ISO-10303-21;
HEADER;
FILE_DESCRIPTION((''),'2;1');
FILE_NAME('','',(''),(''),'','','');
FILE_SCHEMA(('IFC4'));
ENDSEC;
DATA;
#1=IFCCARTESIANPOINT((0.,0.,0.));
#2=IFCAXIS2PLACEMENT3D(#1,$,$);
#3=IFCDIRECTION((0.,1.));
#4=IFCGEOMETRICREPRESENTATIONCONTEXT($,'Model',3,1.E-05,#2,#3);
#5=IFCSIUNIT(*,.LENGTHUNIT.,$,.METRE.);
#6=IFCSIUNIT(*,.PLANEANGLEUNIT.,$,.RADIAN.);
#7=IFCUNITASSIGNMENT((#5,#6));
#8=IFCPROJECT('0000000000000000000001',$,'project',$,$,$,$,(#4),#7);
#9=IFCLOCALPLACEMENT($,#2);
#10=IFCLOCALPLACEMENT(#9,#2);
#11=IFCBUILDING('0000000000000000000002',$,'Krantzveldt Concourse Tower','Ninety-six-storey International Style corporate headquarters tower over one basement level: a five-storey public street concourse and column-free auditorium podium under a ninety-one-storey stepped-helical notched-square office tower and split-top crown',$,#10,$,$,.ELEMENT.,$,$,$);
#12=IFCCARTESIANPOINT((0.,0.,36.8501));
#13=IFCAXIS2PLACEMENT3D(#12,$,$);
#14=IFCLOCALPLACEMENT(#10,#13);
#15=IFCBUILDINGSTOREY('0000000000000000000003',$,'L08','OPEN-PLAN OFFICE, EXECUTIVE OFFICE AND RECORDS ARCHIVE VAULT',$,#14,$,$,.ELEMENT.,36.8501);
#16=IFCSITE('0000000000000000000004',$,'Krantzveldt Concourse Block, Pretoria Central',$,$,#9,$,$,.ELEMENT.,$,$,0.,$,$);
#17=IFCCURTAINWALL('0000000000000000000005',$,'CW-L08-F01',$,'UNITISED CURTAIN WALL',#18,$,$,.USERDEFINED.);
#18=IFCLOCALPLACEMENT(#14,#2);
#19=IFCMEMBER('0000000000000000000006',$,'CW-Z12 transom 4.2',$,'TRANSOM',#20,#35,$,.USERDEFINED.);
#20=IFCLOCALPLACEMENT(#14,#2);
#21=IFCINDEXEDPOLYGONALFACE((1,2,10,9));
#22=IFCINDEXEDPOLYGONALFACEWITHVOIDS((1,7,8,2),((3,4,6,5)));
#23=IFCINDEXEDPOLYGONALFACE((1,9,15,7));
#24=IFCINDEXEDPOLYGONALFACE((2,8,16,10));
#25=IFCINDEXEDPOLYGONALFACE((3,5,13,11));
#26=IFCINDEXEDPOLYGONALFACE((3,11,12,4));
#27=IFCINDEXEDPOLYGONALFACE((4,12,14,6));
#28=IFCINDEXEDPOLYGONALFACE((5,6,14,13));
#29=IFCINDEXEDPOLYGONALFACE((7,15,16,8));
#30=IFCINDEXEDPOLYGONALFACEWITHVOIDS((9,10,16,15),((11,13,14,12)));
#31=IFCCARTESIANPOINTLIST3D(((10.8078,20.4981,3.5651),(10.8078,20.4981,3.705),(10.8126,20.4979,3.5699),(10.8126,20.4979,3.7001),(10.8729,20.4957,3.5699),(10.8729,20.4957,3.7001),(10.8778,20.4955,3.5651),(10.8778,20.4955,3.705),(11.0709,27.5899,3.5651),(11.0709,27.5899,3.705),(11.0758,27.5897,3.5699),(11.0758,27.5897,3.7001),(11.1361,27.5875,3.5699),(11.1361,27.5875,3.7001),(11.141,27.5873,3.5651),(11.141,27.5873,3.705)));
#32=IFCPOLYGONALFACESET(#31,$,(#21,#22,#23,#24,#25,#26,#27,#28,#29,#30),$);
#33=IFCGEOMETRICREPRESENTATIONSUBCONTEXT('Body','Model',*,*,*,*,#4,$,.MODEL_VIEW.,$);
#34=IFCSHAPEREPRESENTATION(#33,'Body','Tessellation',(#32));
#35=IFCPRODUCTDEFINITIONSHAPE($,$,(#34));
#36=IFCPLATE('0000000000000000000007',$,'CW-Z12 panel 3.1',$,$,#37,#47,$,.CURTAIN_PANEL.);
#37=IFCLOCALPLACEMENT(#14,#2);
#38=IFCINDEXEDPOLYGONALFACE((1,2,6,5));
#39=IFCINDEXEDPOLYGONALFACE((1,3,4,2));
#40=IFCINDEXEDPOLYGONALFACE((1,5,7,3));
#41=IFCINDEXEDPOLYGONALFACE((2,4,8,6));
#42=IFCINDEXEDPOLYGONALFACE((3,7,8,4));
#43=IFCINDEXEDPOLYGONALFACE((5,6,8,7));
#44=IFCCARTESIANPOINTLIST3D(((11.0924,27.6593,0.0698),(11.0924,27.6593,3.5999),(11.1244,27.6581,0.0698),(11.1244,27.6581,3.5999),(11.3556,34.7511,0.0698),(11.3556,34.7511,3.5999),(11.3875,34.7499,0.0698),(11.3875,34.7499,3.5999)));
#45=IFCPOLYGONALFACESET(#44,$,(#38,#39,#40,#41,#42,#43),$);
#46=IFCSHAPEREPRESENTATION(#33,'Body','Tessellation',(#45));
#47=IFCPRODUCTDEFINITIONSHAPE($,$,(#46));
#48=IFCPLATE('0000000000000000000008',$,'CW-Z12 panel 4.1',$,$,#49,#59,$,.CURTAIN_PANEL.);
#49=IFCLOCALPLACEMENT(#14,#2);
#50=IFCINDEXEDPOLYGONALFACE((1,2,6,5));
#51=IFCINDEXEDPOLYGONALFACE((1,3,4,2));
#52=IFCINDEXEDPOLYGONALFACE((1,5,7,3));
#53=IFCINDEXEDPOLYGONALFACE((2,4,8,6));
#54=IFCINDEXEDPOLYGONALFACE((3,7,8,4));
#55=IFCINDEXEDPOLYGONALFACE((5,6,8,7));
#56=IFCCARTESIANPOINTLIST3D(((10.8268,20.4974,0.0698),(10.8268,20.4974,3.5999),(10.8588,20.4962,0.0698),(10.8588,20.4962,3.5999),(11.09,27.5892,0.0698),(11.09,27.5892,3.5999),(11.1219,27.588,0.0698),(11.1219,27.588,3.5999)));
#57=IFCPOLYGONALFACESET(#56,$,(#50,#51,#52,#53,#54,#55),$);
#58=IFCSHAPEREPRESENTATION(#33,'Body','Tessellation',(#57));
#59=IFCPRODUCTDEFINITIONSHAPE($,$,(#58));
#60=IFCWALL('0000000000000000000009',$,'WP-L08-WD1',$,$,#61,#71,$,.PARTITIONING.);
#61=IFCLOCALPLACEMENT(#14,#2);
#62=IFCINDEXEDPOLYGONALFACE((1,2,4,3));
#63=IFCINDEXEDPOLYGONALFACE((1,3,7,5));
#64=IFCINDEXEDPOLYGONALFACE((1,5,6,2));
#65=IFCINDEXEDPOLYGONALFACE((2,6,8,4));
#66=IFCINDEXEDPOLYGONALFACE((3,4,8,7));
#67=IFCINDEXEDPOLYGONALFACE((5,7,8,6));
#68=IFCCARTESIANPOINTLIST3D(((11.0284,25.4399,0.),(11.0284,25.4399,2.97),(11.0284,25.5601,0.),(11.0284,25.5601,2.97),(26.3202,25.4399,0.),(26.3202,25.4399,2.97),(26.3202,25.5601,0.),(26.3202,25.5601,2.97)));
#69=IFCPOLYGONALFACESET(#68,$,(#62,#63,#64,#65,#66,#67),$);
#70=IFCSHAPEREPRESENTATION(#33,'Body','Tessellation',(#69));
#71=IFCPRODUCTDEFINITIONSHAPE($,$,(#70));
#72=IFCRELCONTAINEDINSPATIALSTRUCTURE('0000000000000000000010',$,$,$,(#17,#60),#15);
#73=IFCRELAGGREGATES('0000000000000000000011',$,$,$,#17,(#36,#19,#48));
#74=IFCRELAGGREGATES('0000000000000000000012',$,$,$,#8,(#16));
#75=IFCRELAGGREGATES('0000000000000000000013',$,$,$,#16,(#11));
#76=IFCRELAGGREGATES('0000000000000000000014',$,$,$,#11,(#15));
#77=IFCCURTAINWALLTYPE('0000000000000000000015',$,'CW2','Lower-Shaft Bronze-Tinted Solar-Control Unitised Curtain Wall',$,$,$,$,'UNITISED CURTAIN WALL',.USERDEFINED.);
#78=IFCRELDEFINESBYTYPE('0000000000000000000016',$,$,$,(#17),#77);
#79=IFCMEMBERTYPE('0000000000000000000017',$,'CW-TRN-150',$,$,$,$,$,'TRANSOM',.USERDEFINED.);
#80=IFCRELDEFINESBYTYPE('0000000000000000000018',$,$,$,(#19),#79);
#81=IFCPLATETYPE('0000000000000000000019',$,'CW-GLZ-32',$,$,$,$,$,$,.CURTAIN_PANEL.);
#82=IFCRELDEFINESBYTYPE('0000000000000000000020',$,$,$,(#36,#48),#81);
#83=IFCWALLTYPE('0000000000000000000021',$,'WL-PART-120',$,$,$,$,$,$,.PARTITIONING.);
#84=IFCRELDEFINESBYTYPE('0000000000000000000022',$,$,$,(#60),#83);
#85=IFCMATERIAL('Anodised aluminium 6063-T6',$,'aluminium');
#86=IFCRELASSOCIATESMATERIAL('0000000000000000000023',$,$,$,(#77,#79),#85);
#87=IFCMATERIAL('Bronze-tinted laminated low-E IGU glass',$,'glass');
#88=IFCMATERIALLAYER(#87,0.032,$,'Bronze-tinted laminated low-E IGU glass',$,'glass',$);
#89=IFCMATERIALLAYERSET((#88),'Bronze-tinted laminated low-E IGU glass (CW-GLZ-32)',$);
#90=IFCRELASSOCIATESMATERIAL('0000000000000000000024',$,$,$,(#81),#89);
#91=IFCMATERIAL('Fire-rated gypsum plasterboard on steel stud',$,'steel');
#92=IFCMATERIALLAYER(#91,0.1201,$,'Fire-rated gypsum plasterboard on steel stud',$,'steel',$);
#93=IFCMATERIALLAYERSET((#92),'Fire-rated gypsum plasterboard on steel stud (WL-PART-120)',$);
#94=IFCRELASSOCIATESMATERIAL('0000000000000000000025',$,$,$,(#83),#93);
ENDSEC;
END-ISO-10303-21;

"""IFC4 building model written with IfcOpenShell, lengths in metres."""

from ifc_helpers import new_model, si_unit, direction, frame, frame_2d, origin, origin_2d, place, context, subcontext, project, spatial, rectangle, hollow_rectangle, extrude, source, transform, mapped, material, layer, layer_set, material_profile, profile_set, type_object, type_shapes, element, aggregate, save


model = new_model("IFC4")

# Units and contexts
model_context = context("Model", 3, precision=1e-05, world=origin(), true_north=direction((0.0, 1.0)))
body_context = subcontext(model_context, "Body", "Model", "MODEL_VIEW")
ifc_project = project(units=[si_unit("LENGTHUNIT", "METRE"), si_unit("PLANEANGLEUNIT", "RADIAN")], contexts=[model_context])

# Site, building, storey
site_placement = place(None, origin())
site = spatial("IfcSite", under=ifc_project, at=site_placement, Name="Krantzveldt Concourse Block, Pretoria Central", CompositionType="ELEMENT", RefElevation=0.0)
building_placement = place(site_placement, origin())
building = spatial("IfcBuilding", under=site, at=building_placement, Name="Krantzveldt Concourse Tower", Description="Ninety-six-storey International Style corporate headquarters tower over one basement level: a five-storey public street concourse and column-free auditorium podium under a ninety-one-storey stepped-helical notched-square office tower and split-top crown", CompositionType="ELEMENT")
storey_placement = place(building_placement, frame((0.0, 0.0, 36.8501)))
storey = spatial("IfcBuildingStorey", under=building, at=storey_placement, Name="L08", Description="OPEN-PLAN OFFICE, EXECUTIVE OFFICE AND RECORDS ARCHIVE VAULT", CompositionType="ELEMENT", Elevation=36.8501)

# Curtain wall, member, plates
ifc_material_1 = material(Name="Anodised aluminium 6063-T6", Category="aluminium")
curtain_wall_type = type_object("IfcCurtainWallType", Name="CW2", Description="Lower-Shaft Bronze-Tinted Solar-Control Unitised Curtain Wall", ElementType="UNITISED CURTAIN WALL", PredefinedType="USERDEFINED", material=ifc_material_1)
curtain_wall_placement = place(storey_placement, origin())
curtain_wall = element("IfcCurtainWall", 1, at=curtain_wall_placement, inside=storey, type_object=curtain_wall_type, Name="CW-L08-F01", ObjectType="UNITISED CURTAIN WALL", PredefinedType="USERDEFINED")
ifc_material_profile_1 = material_profile(ifc_material_1, hollow_rectangle(XDim=0.0701, YDim=0.1399, WallThickness=0.0049, at=origin_2d()), Name="Anodised aluminium 6063-T6", Category="aluminium")
ifc_profile_set_1 = profile_set([ifc_material_profile_1], Name="Anodised aluminium 6063-T6 - ALU-TRAN 140x70x5")
member_type_1 = type_object("IfcMemberType", Name="CW-TRN-150", ElementType="TRANSOM", PredefinedType="USERDEFINED", material=ifc_profile_set_1)
shared_shape_1 = source(origin(), body_context, "Body", "SweptSolid", [
    extrude(hollow_rectangle(XDim=0.0701, YDim=0.1399, WallThickness=0.0049, at=origin_2d()), origin(), (0.0, 0.0, 1.0), 7.0967),
])
type_shapes(member_type_1, [shared_shape_1])
member_1_placement = place(storey_placement, frame((11.106, 27.5886, 3.635), z_axis=(-0.037085, -0.999312, 0.0), x_axis=(0.999312, -0.037085, 0.0)))
member_1 = element("IfcMember", 2, at=member_1_placement, type_object=member_type_1, Name="CW-Z12 transom 4.2", ObjectType="TRANSOM", PredefinedType="USERDEFINED", context=body_context, shape_type="MappedRepresentation", body=[
    mapped(shared_shape_1, transform((0.0, 0.0, 0.0), x_axis=(1.0, 0.0, 0.0), y_axis=(0.0, 1.0, 0.0), z_axis=(0.0, 0.0, 1.0), scale=1.0)),
])
ifc_material_2 = material(Name="Bronze-tinted laminated low-E IGU glass", Category="glass")
ifc_layer_1 = layer(ifc_material_2, 0.032, Name="Bronze-tinted laminated low-E IGU glass", Category="glass")
ifc_layer_set_1 = layer_set([ifc_layer_1], Name="Bronze-tinted laminated low-E IGU glass (CW-GLZ-32)")
plate_type = type_object("IfcPlateType", Name="CW-GLZ-32", PredefinedType="CURTAIN_PANEL", material=ifc_layer_set_1)
shared_shape_2 = source(origin(), body_context, "Body", "SweptSolid", [
    extrude(rectangle(XDim=7.0967, YDim=0.032, at=origin_2d()), origin(), (0.0, 0.0, 1.0), 3.53),
])
type_shapes(plate_type, [shared_shape_2])
plate_1_placement = place(storey_placement, frame((11.24, 31.2046, 0.0698), z_axis=(0.0, 0.0, 1.0), x_axis=(-0.03708, -0.999312, 0.0)))
plate_1 = element("IfcPlate", 3, at=plate_1_placement, type_object=plate_type, Name="CW-Z12 panel 3.1", PredefinedType="CURTAIN_PANEL", context=body_context, shape_type="MappedRepresentation", body=[
    mapped(shared_shape_2, transform((0.0, 0.0, 0.0), x_axis=(1.0, 0.0, 0.0), y_axis=(0.0, 1.0, 0.0), z_axis=(0.0, 0.0, 1.0), scale=1.0)),
])
plate_2_placement = place(storey_placement, frame((10.9744, 24.0427, 0.0698), z_axis=(0.0, 0.0, 1.0), x_axis=(-0.03708, -0.999312, 0.0)))
plate_2 = element("IfcPlate", 4, at=plate_2_placement, type_object=plate_type, Name="CW-Z12 panel 4.1", PredefinedType="CURTAIN_PANEL", context=body_context, shape_type="MappedRepresentation", body=[
    mapped(shared_shape_2, transform((0.0, 0.0, 0.0), x_axis=(1.0, 0.0, 0.0), y_axis=(0.0, 1.0, 0.0), z_axis=(0.0, 0.0, 1.0), scale=1.0)),
])
aggregate(curtain_wall, [plate_1, member_1, plate_2])

# Wall
ifc_material_3 = material(Name="Fire-rated gypsum plasterboard on steel stud", Category="steel")
ifc_layer_2 = layer(ifc_material_3, 0.1201, Name="Fire-rated gypsum plasterboard on steel stud", Category="steel")
ifc_layer_set_2 = layer_set([ifc_layer_2], Name="Fire-rated gypsum plasterboard on steel stud (WL-PART-120)")
wall_type = type_object("IfcWallType", Name="WL-PART-120", PredefinedType="PARTITIONING", material=ifc_layer_set_2)
wall_placement = place(storey_placement, frame((11.0283, 25.5, 0.0), z_axis=(0.0, 0.0, 1.0), x_axis=(1.0, 0.0, 0.0)))
element("IfcWall", 5, at=wall_placement, inside=storey, type_object=wall_type, Name="WP-L08-WD1", PredefinedType="PARTITIONING", context=body_context, shape_type="SweptSolid", body=[
    extrude(rectangle(XDim=15.2917, YDim=0.1201, at=frame_2d((7.646, 0.0))), origin(), (0.0, 0.0, 1.0), 2.97),
])

save(model, "model.ifc")
